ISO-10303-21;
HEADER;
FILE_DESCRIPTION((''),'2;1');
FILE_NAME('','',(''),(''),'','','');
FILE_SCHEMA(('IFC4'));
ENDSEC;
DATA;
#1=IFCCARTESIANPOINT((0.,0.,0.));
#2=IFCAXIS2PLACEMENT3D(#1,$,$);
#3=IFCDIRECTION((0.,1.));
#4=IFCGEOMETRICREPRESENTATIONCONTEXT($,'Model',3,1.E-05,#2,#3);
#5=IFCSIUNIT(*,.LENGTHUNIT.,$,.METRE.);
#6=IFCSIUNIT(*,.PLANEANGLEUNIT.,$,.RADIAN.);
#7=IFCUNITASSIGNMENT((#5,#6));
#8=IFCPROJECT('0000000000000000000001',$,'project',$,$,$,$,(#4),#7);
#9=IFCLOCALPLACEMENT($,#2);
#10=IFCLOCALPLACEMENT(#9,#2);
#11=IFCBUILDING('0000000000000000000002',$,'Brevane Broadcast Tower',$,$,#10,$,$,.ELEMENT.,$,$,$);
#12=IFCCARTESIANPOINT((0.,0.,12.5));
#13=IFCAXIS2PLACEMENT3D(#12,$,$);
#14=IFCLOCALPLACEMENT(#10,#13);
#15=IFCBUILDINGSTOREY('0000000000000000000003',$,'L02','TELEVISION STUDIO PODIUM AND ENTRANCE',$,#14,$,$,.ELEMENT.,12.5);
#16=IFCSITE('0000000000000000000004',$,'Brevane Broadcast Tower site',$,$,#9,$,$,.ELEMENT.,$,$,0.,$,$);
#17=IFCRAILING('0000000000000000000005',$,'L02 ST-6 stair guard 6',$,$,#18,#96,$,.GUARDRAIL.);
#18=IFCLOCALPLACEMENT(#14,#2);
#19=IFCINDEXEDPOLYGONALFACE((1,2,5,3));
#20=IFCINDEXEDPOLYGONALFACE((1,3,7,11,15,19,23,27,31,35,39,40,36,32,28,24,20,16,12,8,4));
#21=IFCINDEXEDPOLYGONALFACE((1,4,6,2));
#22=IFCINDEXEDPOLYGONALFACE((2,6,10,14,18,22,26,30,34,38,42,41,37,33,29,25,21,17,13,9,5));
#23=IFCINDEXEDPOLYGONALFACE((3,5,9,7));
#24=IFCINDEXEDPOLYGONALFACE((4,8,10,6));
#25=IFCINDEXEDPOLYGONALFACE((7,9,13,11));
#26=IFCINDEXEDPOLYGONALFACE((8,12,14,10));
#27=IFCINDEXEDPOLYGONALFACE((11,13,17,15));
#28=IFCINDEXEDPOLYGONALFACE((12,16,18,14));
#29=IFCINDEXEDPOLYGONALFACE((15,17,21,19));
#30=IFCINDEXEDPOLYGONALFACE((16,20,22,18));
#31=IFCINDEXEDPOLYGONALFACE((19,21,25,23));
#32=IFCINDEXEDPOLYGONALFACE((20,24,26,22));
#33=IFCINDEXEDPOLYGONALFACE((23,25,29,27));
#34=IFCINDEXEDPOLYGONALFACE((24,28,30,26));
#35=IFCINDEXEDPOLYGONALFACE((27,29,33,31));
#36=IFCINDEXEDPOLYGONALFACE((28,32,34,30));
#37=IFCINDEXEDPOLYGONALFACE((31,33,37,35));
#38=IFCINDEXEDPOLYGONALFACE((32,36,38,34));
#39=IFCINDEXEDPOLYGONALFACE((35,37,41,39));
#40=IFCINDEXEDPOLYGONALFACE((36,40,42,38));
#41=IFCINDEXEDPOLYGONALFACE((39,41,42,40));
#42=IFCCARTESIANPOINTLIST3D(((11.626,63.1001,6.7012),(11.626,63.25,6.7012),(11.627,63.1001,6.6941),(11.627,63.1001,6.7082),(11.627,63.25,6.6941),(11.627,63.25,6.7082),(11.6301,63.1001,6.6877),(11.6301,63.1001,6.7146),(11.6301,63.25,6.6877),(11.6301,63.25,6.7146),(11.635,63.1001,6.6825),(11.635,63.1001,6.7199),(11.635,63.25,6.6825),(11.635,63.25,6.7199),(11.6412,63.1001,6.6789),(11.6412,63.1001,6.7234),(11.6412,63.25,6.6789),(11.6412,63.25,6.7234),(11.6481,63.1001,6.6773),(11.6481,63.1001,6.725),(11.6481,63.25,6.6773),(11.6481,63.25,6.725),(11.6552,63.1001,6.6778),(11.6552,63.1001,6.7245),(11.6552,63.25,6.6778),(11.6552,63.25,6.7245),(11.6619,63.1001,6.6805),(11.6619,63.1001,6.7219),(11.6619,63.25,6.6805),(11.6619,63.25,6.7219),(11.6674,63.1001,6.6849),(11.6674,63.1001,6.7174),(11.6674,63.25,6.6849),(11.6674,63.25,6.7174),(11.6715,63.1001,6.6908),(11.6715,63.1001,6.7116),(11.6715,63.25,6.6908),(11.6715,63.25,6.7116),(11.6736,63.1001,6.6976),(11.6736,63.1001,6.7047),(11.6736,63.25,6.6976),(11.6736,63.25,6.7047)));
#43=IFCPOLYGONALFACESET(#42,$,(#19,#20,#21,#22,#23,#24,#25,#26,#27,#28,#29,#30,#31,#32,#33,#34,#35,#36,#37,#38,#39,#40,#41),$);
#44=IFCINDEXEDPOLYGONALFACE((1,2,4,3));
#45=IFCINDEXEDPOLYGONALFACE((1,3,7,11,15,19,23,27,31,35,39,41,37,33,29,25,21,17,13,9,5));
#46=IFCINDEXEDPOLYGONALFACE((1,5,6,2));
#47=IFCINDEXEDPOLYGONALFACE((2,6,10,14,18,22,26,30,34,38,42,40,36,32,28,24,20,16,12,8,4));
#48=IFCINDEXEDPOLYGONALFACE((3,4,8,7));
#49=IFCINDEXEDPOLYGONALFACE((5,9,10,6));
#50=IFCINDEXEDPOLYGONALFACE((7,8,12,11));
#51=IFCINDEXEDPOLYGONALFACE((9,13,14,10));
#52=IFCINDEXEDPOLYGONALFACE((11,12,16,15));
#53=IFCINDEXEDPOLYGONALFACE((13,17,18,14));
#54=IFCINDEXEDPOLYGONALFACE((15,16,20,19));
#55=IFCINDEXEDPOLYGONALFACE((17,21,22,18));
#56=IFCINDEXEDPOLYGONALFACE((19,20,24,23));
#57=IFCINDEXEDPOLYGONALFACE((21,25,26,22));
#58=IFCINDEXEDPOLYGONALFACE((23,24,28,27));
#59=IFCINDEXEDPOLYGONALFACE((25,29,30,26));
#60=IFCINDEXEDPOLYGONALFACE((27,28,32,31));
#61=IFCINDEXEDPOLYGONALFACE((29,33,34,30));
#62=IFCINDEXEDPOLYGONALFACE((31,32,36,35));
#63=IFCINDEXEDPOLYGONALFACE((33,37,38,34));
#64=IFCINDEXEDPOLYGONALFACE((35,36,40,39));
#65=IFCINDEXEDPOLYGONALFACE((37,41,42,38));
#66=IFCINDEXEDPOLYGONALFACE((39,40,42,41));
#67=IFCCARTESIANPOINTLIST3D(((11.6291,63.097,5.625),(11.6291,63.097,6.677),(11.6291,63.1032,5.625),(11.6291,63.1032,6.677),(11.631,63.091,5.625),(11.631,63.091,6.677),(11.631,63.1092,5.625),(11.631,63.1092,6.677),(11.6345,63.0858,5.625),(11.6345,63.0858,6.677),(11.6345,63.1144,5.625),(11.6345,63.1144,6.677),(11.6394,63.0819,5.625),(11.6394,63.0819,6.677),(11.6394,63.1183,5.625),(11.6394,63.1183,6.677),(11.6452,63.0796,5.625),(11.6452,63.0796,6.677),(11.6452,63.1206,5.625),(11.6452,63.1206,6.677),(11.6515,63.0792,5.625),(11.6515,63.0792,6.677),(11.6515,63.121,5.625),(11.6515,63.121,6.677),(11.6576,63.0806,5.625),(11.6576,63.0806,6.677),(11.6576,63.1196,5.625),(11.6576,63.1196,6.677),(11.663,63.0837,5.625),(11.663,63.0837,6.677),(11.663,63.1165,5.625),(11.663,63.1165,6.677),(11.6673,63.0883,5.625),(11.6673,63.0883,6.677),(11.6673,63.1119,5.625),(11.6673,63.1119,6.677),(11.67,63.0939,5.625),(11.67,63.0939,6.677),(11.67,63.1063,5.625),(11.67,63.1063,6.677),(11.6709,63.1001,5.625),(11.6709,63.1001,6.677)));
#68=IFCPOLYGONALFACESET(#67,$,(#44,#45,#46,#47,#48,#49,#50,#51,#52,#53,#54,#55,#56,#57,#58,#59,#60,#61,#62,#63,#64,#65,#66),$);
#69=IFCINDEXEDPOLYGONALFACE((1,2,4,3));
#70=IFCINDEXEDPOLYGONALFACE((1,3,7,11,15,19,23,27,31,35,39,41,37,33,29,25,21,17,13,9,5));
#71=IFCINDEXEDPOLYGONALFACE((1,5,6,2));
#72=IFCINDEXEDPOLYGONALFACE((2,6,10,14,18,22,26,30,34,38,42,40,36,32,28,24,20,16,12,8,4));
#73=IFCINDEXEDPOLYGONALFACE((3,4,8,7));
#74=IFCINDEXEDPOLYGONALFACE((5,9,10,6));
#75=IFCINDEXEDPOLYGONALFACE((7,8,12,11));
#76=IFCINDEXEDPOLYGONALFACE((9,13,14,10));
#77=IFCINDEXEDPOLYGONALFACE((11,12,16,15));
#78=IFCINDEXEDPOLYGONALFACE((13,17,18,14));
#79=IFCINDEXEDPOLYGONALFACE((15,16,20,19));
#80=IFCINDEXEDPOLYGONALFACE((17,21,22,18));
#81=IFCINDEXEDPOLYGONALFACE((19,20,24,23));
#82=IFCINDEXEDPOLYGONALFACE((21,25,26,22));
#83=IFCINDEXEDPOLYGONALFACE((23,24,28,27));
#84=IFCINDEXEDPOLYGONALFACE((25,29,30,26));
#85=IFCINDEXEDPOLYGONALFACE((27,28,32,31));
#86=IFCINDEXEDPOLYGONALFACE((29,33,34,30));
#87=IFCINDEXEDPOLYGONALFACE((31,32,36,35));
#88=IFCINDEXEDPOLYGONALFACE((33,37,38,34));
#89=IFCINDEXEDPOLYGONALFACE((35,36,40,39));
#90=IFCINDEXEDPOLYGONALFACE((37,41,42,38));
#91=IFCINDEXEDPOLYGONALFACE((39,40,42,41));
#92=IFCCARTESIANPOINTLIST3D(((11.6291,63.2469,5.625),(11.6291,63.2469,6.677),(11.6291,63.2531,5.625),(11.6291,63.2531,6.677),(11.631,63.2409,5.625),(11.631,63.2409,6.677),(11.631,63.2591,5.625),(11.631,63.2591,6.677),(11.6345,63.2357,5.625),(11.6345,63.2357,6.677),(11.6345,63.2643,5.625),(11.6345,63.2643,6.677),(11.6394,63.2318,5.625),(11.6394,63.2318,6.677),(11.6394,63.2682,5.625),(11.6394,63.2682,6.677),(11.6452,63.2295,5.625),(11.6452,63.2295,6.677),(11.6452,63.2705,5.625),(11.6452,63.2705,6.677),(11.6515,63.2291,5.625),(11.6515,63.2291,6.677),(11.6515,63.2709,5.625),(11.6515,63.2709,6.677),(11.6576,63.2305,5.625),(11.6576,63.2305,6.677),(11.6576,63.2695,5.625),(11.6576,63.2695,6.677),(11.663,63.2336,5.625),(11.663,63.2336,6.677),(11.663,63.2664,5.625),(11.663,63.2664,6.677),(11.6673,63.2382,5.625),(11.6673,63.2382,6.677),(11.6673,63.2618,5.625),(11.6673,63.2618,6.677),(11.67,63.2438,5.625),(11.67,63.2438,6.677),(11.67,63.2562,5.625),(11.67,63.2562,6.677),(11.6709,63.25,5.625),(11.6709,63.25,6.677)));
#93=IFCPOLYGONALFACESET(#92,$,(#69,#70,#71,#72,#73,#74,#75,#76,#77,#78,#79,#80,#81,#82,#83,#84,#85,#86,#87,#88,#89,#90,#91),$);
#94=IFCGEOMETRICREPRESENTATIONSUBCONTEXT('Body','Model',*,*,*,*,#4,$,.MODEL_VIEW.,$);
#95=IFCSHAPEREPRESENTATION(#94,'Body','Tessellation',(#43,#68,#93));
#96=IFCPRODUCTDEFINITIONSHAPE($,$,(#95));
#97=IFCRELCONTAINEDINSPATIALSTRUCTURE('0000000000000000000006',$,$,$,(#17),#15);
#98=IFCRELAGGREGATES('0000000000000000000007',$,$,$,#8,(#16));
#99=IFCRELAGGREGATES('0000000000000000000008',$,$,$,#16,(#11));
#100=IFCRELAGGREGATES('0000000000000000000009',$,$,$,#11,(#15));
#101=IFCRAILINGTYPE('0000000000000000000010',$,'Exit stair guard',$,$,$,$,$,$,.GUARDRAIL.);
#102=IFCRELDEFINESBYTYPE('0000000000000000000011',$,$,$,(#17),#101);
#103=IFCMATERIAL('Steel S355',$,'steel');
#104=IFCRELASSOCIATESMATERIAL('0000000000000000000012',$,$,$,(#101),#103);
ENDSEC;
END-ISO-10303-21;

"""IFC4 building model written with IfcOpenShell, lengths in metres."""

from ifc_helpers import new_model, si_unit, direction, frame, origin, origin_2d, place, context, subcontext, project, spatial, circle, extrude, material, type_object, element, save


model = new_model("IFC4")

# Units and contexts
model_context = context("Model", 3, precision=1e-05, world=origin(), true_north=direction((0.0, 1.0)))
body_context = subcontext(model_context, "Body", "Model", "MODEL_VIEW")
ifc_project = project(units=[si_unit("LENGTHUNIT", "METRE"), si_unit("PLANEANGLEUNIT", "RADIAN")], contexts=[model_context])

# Site, building, storey
site_placement = place(None, origin())
site = spatial("IfcSite", under=ifc_project, at=site_placement, Name="Brevane Broadcast Tower site", CompositionType="ELEMENT", RefElevation=0.0)
building_placement = place(site_placement, origin())
building = spatial("IfcBuilding", under=site, at=building_placement, Name="Brevane Broadcast Tower", CompositionType="ELEMENT")
storey_placement = place(building_placement, frame((0.0, 0.0, 12.5)))
storey = spatial("IfcBuildingStorey", under=building, at=storey_placement, Name="L02", Description="TELEVISION STUDIO PODIUM AND ENTRANCE", CompositionType="ELEMENT", Elevation=12.5)

# Railing
ifc_material_1 = material(Name="Steel S355", Category="steel")
railing_type_1 = type_object("IfcRailingType", Name="Exit stair guard", PredefinedType="GUARDRAIL", material=ifc_material_1)
railing_1_placement = place(storey_placement, frame((11.6499, 63.1001, 5.625)))
element("IfcRailing", 1, at=railing_1_placement, inside=storey, type_object=railing_type_1, Name="L02 ST-6 stair guard 6", PredefinedType="GUARDRAIL", context=body_context, shape_type="SweptSolid", body=[
    extrude(circle(Radius=0.0239, at=origin_2d()), frame((0.0, 0.0, 1.0762), z_axis=(0.0, 1.0, 0.0), x_axis=(-1.0, 0.0, 0.0)), (0.0, 0.0, 1.0), 0.1499),
    extrude(circle(Radius=0.021, at=origin_2d()), origin(), (0.0, 0.0, 1.0), 1.052),
    extrude(circle(Radius=0.021, at=origin_2d()), frame((0.0, 0.1499, 0.0)), (0.0, 0.0, 1.0), 1.052),
])

save(model, "model.ifc")
